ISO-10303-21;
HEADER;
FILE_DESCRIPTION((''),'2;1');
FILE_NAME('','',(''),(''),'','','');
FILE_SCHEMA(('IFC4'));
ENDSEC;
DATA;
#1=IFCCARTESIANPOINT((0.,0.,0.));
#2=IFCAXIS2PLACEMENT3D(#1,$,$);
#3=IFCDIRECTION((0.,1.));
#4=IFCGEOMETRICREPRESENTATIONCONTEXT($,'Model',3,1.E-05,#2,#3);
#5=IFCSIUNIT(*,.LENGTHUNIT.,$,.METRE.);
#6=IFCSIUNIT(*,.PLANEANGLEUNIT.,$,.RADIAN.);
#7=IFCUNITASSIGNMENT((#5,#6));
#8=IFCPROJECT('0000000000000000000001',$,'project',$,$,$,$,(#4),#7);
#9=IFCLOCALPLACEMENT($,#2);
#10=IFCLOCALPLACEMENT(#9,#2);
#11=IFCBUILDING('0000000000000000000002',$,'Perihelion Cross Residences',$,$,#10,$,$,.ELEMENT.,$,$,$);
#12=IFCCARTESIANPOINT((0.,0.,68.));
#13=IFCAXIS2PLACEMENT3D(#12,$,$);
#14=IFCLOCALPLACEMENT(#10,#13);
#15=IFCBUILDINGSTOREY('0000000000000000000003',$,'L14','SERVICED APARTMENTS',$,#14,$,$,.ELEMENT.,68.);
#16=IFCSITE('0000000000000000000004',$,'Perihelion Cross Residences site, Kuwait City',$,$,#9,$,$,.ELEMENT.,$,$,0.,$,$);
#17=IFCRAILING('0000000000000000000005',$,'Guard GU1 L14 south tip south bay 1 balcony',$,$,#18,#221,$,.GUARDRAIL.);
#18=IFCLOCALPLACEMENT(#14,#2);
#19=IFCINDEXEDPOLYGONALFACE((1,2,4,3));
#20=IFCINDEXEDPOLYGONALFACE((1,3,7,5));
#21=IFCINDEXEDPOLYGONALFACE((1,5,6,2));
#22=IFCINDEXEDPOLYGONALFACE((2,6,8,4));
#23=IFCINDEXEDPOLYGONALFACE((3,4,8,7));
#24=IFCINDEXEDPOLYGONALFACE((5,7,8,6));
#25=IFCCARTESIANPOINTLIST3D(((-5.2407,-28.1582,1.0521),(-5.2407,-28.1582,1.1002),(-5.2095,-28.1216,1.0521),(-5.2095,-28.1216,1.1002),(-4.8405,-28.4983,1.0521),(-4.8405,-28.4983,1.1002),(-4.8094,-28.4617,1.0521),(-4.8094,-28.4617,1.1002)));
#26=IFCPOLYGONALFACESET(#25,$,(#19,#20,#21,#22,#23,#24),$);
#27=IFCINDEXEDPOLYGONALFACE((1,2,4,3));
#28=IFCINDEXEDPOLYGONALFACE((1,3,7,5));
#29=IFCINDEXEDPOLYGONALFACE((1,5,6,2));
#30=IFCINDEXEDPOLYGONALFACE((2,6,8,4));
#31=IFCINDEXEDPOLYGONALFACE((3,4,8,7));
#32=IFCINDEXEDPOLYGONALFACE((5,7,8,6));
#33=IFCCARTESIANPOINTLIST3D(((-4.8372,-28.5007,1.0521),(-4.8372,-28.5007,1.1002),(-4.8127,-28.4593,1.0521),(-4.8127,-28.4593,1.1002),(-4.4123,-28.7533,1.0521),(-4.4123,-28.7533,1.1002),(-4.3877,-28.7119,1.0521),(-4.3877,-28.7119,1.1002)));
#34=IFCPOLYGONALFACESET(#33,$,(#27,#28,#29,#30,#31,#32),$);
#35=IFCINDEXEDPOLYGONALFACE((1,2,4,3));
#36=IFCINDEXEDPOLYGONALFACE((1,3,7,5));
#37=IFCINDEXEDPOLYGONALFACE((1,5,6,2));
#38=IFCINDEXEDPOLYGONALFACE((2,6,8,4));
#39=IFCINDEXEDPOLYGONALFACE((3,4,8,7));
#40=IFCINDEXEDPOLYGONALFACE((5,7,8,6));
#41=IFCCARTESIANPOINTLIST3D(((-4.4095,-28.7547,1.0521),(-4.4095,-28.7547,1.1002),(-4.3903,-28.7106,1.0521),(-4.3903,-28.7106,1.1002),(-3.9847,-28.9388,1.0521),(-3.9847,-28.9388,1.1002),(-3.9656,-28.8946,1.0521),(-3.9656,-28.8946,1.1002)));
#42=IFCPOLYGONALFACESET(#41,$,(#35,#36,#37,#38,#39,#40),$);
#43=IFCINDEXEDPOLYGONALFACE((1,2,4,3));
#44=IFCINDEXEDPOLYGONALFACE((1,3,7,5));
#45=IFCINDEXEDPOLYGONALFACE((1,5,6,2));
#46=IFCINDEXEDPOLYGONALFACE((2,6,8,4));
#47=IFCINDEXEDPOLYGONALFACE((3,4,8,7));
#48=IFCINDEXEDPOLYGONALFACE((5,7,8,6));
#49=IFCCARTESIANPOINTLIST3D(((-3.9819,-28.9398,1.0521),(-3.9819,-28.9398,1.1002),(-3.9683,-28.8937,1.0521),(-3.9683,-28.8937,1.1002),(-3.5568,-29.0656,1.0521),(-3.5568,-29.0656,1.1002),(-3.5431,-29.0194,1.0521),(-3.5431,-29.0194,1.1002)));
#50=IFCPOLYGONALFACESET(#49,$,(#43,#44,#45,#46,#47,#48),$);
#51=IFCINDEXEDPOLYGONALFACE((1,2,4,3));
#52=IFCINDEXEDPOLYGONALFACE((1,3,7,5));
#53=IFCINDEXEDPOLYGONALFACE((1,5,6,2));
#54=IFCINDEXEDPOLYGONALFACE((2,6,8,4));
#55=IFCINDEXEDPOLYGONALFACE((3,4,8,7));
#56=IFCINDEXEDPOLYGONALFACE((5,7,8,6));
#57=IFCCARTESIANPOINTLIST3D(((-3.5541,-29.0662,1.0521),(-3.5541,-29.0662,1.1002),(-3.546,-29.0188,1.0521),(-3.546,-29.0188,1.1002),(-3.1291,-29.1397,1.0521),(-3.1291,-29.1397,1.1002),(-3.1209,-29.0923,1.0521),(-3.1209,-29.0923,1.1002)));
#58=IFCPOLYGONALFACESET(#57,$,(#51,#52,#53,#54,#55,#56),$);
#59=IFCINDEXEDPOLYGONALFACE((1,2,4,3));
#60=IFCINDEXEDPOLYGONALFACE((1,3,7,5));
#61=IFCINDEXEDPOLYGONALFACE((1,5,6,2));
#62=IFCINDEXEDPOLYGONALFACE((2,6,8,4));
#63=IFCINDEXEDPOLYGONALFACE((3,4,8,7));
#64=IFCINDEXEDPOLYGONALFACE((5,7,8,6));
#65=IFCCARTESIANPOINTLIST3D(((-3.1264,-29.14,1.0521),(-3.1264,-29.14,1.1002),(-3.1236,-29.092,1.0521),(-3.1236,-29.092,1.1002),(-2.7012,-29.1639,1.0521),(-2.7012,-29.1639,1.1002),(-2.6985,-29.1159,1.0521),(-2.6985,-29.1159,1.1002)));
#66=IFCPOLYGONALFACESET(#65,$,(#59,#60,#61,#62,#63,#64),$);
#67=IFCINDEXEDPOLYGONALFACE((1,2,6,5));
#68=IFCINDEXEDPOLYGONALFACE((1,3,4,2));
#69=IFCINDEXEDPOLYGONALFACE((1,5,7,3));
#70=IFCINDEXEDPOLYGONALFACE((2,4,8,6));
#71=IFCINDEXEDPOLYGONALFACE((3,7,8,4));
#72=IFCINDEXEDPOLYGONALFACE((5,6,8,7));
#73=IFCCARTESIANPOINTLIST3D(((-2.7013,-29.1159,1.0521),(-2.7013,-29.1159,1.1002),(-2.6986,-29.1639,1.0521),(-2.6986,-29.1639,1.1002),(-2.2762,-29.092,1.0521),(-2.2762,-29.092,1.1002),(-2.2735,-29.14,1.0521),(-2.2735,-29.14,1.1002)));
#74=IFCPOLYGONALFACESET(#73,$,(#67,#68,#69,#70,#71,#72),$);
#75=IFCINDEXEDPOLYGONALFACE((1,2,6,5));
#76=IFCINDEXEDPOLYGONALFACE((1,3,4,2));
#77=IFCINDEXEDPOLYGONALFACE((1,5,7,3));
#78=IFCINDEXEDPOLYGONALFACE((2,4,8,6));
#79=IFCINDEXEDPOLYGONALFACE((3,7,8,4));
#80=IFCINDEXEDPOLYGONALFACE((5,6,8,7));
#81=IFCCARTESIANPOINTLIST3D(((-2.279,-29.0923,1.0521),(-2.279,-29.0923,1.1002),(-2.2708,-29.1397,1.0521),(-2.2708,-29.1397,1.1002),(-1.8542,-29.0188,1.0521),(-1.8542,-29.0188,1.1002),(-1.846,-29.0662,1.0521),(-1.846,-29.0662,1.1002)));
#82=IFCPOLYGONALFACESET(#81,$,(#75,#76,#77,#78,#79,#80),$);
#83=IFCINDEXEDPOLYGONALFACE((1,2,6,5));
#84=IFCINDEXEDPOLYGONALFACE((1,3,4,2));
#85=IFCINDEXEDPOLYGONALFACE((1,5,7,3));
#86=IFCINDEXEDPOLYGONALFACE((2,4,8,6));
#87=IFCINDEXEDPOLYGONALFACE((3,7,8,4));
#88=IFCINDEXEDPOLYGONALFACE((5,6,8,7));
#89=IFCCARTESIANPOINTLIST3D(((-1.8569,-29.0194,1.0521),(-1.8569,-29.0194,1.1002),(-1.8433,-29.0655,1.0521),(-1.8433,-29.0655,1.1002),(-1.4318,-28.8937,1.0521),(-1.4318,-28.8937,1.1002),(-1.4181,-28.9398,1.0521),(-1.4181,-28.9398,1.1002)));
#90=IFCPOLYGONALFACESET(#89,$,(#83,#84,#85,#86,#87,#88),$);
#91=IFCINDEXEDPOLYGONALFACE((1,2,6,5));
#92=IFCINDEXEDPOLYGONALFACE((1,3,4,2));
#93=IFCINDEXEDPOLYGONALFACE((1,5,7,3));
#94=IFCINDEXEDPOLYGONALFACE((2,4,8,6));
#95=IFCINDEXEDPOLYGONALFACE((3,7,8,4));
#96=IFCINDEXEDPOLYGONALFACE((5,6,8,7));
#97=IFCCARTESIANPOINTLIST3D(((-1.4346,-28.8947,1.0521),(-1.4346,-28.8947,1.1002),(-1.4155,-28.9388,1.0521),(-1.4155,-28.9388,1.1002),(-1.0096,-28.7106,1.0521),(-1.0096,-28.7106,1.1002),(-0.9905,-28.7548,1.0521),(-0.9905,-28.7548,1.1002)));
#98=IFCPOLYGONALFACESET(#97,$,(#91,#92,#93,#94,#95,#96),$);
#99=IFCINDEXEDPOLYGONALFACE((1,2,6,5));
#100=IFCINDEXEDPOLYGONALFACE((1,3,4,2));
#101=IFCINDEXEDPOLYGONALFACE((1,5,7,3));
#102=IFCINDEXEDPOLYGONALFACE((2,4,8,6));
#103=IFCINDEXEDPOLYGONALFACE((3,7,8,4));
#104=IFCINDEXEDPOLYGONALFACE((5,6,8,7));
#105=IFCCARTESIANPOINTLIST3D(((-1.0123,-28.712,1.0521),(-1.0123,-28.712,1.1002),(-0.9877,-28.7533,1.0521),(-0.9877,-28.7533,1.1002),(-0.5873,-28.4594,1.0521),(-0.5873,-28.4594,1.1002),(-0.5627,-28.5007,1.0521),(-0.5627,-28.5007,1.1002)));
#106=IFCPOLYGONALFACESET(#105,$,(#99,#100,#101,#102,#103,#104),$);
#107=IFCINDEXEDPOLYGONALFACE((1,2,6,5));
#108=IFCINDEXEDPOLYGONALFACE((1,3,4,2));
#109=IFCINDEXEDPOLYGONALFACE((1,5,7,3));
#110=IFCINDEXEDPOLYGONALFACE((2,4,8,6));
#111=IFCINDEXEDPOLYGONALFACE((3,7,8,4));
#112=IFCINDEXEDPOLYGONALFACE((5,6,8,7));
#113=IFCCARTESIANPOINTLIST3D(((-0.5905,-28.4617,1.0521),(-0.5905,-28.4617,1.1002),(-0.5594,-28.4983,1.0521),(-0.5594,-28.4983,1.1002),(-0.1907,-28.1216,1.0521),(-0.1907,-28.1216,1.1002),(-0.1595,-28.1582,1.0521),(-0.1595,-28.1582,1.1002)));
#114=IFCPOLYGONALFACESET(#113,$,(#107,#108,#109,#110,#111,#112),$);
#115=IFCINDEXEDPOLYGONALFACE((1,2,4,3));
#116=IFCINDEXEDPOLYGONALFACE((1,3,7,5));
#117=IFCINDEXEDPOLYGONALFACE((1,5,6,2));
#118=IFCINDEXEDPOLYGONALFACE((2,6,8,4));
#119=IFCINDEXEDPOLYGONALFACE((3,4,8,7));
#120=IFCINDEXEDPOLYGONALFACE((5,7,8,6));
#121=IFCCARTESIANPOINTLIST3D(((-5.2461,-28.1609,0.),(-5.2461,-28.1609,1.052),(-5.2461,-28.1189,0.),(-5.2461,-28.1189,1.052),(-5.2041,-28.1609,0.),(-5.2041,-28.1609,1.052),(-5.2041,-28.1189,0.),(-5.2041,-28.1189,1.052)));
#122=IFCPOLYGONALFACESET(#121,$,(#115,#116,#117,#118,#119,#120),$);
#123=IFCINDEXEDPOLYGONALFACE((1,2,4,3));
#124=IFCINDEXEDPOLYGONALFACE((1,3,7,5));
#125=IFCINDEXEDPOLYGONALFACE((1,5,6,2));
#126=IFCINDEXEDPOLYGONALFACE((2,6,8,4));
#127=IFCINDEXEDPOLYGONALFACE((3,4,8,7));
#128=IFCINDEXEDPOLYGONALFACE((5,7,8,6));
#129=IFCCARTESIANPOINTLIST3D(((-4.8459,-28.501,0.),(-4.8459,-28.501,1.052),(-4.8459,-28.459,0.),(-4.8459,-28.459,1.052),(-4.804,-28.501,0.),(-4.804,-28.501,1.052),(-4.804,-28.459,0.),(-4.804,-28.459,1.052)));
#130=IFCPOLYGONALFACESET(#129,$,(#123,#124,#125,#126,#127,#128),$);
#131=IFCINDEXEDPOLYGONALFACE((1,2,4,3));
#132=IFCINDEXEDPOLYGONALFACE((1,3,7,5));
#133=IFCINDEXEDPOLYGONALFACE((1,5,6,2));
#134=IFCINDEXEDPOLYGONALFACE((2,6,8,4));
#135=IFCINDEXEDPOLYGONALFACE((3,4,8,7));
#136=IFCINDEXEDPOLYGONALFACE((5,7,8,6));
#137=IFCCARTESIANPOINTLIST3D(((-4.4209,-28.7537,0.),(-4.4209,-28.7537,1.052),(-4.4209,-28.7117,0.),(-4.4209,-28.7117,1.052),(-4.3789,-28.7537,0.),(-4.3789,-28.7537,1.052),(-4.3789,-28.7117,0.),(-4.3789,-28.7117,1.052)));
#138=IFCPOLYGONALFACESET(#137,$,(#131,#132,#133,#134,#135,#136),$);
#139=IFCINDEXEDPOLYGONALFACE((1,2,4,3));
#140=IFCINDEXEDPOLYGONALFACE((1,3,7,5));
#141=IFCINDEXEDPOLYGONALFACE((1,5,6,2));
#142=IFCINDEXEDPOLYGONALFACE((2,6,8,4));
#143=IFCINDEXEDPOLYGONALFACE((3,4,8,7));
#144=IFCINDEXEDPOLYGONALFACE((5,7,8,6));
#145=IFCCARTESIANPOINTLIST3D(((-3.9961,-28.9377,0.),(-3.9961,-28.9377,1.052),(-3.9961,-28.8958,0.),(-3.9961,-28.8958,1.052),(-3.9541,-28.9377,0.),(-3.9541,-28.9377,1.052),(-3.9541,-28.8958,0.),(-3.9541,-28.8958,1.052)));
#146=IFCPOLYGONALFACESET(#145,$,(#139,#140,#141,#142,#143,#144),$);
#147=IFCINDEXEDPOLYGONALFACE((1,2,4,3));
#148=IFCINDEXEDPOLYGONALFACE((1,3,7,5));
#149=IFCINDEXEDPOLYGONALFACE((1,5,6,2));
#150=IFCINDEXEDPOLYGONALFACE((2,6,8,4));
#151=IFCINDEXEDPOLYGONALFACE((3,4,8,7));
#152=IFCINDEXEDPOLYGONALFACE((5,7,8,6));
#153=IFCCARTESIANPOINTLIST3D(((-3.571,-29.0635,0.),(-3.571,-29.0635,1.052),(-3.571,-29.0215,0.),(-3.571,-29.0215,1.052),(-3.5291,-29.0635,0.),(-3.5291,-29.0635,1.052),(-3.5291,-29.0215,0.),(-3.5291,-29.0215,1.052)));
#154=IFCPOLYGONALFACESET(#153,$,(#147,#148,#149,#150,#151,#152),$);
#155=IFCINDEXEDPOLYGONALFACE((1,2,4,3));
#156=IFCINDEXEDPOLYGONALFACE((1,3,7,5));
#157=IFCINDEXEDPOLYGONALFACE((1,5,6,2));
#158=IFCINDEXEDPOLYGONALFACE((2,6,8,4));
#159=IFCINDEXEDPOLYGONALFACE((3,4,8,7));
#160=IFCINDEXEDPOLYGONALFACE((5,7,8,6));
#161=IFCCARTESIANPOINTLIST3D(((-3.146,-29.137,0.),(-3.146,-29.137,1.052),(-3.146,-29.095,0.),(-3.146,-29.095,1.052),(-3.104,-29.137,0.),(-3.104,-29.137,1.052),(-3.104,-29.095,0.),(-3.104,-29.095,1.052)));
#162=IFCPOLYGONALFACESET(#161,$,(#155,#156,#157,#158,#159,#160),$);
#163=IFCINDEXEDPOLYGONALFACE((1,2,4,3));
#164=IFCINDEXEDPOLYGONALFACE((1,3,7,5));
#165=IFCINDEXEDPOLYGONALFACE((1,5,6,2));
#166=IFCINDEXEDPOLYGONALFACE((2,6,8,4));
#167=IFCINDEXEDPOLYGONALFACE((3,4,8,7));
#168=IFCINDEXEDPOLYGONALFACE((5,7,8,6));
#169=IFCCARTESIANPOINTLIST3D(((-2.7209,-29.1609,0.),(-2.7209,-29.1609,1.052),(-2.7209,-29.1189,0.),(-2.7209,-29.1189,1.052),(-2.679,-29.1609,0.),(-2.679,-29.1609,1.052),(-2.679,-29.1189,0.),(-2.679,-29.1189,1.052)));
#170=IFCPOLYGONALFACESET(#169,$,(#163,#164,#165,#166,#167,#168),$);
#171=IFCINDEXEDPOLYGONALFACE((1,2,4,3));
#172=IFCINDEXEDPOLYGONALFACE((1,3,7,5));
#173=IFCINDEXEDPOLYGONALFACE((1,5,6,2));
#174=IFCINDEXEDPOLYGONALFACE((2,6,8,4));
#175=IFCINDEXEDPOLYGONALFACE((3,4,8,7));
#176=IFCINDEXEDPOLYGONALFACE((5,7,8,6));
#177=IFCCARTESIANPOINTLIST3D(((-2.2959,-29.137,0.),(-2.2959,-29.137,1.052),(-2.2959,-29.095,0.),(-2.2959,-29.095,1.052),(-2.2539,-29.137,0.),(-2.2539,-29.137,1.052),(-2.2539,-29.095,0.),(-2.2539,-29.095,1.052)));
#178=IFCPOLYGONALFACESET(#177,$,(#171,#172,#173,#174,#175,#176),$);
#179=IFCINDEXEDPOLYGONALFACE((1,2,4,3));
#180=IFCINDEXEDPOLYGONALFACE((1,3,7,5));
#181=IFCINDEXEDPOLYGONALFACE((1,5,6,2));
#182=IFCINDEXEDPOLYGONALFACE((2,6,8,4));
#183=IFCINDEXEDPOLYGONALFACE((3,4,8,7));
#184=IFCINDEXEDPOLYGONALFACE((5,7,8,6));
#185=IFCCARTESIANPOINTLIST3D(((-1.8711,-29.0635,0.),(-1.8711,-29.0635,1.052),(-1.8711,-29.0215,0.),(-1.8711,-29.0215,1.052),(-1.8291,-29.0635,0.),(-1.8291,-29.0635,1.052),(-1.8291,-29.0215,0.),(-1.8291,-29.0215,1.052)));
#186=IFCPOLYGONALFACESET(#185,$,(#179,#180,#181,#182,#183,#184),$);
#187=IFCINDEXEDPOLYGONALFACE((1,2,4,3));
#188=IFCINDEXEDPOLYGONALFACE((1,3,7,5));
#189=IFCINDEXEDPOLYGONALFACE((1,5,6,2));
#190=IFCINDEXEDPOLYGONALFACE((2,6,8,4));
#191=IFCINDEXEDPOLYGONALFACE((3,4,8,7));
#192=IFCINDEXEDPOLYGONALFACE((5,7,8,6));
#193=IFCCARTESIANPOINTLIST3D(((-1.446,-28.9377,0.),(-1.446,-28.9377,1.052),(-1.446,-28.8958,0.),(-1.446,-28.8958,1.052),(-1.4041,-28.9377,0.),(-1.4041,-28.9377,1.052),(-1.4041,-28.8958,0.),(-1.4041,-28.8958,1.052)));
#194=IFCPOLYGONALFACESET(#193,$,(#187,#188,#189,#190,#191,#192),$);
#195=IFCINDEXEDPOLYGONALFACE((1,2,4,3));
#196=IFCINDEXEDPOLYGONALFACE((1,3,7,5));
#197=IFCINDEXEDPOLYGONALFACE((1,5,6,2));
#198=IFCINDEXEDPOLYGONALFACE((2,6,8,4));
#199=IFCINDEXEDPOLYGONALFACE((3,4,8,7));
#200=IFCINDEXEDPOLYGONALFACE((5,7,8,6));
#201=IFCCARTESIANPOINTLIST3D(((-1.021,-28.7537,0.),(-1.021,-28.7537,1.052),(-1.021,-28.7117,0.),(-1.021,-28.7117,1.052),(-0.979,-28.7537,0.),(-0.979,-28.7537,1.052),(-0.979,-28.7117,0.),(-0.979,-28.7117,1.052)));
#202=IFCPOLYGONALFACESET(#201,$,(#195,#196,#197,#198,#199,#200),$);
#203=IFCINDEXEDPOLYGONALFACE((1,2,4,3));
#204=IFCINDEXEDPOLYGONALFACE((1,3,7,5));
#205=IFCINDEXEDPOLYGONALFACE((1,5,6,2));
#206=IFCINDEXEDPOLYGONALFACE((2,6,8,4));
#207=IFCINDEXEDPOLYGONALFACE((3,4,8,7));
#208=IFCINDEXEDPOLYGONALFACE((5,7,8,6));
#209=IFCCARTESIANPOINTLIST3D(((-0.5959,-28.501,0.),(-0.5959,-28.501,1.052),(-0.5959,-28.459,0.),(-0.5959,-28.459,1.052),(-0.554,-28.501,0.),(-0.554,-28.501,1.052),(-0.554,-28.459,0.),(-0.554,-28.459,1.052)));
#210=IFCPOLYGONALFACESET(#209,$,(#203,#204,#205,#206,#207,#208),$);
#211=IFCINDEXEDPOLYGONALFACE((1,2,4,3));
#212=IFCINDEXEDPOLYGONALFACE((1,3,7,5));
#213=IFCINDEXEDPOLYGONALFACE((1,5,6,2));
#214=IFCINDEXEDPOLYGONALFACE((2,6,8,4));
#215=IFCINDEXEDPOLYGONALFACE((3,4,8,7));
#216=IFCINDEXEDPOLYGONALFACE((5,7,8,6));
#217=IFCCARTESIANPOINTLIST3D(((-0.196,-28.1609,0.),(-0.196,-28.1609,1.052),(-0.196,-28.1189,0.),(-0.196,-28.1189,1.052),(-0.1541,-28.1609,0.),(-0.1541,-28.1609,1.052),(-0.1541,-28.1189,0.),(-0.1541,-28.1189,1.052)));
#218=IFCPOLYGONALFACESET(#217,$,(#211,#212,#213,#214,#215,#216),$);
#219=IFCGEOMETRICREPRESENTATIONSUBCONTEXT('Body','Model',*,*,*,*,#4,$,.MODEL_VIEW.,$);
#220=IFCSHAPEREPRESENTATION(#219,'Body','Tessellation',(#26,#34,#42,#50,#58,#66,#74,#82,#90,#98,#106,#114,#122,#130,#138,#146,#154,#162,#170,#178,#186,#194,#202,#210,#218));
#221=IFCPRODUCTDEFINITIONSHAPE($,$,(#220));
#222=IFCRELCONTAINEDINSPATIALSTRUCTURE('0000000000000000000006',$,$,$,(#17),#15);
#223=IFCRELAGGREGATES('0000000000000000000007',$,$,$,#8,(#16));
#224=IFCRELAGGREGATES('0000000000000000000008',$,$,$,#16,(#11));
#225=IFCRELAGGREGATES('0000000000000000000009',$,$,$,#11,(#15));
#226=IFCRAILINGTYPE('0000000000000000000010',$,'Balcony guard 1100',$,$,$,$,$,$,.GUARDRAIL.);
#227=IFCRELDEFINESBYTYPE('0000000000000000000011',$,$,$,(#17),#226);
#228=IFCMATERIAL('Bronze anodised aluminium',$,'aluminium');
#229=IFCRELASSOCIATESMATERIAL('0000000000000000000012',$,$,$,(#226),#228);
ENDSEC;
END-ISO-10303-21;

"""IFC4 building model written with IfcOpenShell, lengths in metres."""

from ifc_helpers import new_model, si_unit, direction, frame, origin, origin_2d, place, context, subcontext, project, spatial, rectangle, extrude, material, type_object, element, save


model = new_model("IFC4")

# Units and contexts
model_context = context("Model", 3, precision=1e-05, world=origin(), true_north=direction((0.0, 1.0)))
body_context = subcontext(model_context, "Body", "Model", "MODEL_VIEW")
ifc_project = project(units=[si_unit("LENGTHUNIT", "METRE"), si_unit("PLANEANGLEUNIT", "RADIAN")], contexts=[model_context])

# Site, building, storey
site_placement = place(None, origin())
site = spatial("IfcSite", under=ifc_project, at=site_placement, Name="Perihelion Cross Residences site, Kuwait City", CompositionType="ELEMENT", RefElevation=0.0)
building_placement = place(site_placement, origin())
building = spatial("IfcBuilding", under=site, at=building_placement, Name="Perihelion Cross Residences", CompositionType="ELEMENT")
storey_placement = place(building_placement, frame((0.0, 0.0, 68.0)))
storey = spatial("IfcBuildingStorey", under=building, at=storey_placement, Name="L14", Description="SERVICED APARTMENTS", CompositionType="ELEMENT", Elevation=68.0)

# Railing
ifc_material_1 = material(Name="Bronze anodised aluminium", Category="aluminium")
railing_type = type_object("IfcRailingType", Name="Balcony guard 1100", PredefinedType="GUARDRAIL", material=ifc_material_1)
railing_placement = place(storey_placement, frame((-5.2251, -28.1399, 0.0)))
element("IfcRailing", 1, at=railing_placement, inside=storey, type_object=railing_type, Name="Guard GU1 L14 south tip south bay 1 balcony", PredefinedType="GUARDRAIL", context=body_context, shape_type="SweptSolid", body=[
    extrude(rectangle(XDim=0.0481, YDim=0.0481, at=origin_2d()), frame((0.0, 0.0, 1.0762), z_axis=(0.761974, -0.647608, 0.0), x_axis=(0.647608, 0.761974, 0.0)), (0.0, 0.0, 1.0), 0.5251),
    extrude(rectangle(XDim=0.0481, YDim=0.0481, at=origin_2d()), frame((0.4001, -0.3401, 1.0762), z_axis=(0.859577, -0.511006, 0.0), x_axis=(0.511006, 0.859577, 0.0)), (0.0, 0.0, 1.0), 0.4944),
    extrude(rectangle(XDim=0.0481, YDim=0.0481, at=origin_2d()), frame((0.8252, -0.5928, 1.0762), z_axis=(0.917556, -0.397607, 0.0), x_axis=(0.397607, 0.917556, 0.0)), (0.0, 0.0, 1.0), 0.4629),
    extrude(rectangle(XDim=0.0481, YDim=0.0481, at=origin_2d()), frame((1.25, -0.7769, 1.0762), z_axis=(0.958926, -0.283657, 0.0), x_axis=(0.283657, 0.958926, 0.0)), (0.0, 0.0, 1.0), 0.4434),
    extrude(rectangle(XDim=0.0481, YDim=0.0481, at=origin_2d()), frame((1.675, -0.9026, 1.0762), z_axis=(0.985382, -0.170362, 0.0), x_axis=(0.170362, 0.985382, 0.0)), (0.0, 0.0, 1.0), 0.4314),
    extrude(rectangle(XDim=0.0481, YDim=0.0481, at=origin_2d()), frame((2.1001, -0.9761, 1.0762), z_axis=(0.99842, -0.056201, 0.0), x_axis=(0.056201, 0.99842, 0.0)), (0.0, 0.0, 1.0), 0.4258),
    extrude(rectangle(XDim=0.0481, YDim=0.0481, at=origin_2d()), frame((2.5251, -1.0, 1.0762), z_axis=(0.99842, 0.056201, 0.0), x_axis=(-0.056201, 0.99842, 0.0)), (0.0, 0.0, 1.0), 0.4258),
    extrude(rectangle(XDim=0.0481, YDim=0.0481, at=origin_2d()), frame((2.9502, -0.9761, 1.0762), z_axis=(0.985365, 0.170457, 0.0), x_axis=(-0.170457, 0.985365, 0.0)), (0.0, 0.0, 1.0), 0.4312),
    extrude(rectangle(XDim=0.0481, YDim=0.0481, at=origin_2d()), frame((3.375, -0.9026, 1.0762), z_axis=(0.958926, 0.283657, 0.0), x_axis=(-0.283657, 0.958926, 0.0)), (0.0, 0.0, 1.0), 0.4434),
    extrude(rectangle(XDim=0.0481, YDim=0.0481, at=origin_2d()), frame((3.8, -0.7769, 1.0762), z_axis=(0.917639, 0.397415, 0.0), x_axis=(-0.397415, 0.917639, 0.0)), (0.0, 0.0, 1.0), 0.4631),
    extrude(rectangle(XDim=0.0481, YDim=0.0481, at=origin_2d()), frame((4.2251, -0.5928, 1.0762), z_axis=(0.859577, 0.511006, 0.0), x_axis=(-0.511006, 0.859577, 0.0)), (0.0, 0.0, 1.0), 0.4944),
    extrude(rectangle(XDim=0.0481, YDim=0.0481, at=origin_2d()), frame((4.6501, -0.3401, 1.0762), z_axis=(0.761779, 0.647837, 0.0), x_axis=(-0.647837, 0.761779, 0.0)), (0.0, 0.0, 1.0), 0.5249),
    extrude(rectangle(XDim=0.042, YDim=0.042, at=origin_2d()), origin(), (0.0, 0.0, 1.0), 1.052),
    extrude(rectangle(XDim=0.042, YDim=0.042, at=origin_2d()), frame((0.4001, -0.3401, 0.0)), (0.0, 0.0, 1.0), 1.052),
    extrude(rectangle(XDim=0.042, YDim=0.042, at=origin_2d()), frame((0.8252, -0.5928, 0.0)), (0.0, 0.0, 1.0), 1.052),
    extrude(rectangle(XDim=0.042, YDim=0.042, at=origin_2d()), frame((1.25, -0.7769, 0.0)), (0.0, 0.0, 1.0), 1.052),
    extrude(rectangle(XDim=0.042, YDim=0.042, at=origin_2d()), frame((1.675, -0.9026, 0.0)), (0.0, 0.0, 1.0), 1.052),
    extrude(rectangle(XDim=0.042, YDim=0.042, at=origin_2d()), frame((2.1001, -0.9761, 0.0)), (0.0, 0.0, 1.0), 1.052),
    extrude(rectangle(XDim=0.042, YDim=0.042, at=origin_2d()), frame((2.5251, -1.0, 0.0)), (0.0, 0.0, 1.0), 1.052),
    extrude(rectangle(XDim=0.042, YDim=0.042, at=origin_2d()), frame((2.9502, -0.9761, 0.0)), (0.0, 0.0, 1.0), 1.052),
    extrude(rectangle(XDim=0.042, YDim=0.042, at=origin_2d()), frame((3.375, -0.9026, 0.0)), (0.0, 0.0, 1.0), 1.052),
    extrude(rectangle(XDim=0.042, YDim=0.042, at=origin_2d()), frame((3.8, -0.7769, 0.0)), (0.0, 0.0, 1.0), 1.052),
    extrude(rectangle(XDim=0.042, YDim=0.042, at=origin_2d()), frame((4.2251, -0.5928, 0.0)), (0.0, 0.0, 1.0), 1.052),
    extrude(rectangle(XDim=0.042, YDim=0.042, at=origin_2d()), frame((4.6501, -0.3401, 0.0)), (0.0, 0.0, 1.0), 1.052),
    extrude(rectangle(XDim=0.042, YDim=0.042, at=origin_2d()), frame((5.05, 0.0, 0.0)), (0.0, 0.0, 1.0), 1.052),
])

save(model, "model.ifc")
